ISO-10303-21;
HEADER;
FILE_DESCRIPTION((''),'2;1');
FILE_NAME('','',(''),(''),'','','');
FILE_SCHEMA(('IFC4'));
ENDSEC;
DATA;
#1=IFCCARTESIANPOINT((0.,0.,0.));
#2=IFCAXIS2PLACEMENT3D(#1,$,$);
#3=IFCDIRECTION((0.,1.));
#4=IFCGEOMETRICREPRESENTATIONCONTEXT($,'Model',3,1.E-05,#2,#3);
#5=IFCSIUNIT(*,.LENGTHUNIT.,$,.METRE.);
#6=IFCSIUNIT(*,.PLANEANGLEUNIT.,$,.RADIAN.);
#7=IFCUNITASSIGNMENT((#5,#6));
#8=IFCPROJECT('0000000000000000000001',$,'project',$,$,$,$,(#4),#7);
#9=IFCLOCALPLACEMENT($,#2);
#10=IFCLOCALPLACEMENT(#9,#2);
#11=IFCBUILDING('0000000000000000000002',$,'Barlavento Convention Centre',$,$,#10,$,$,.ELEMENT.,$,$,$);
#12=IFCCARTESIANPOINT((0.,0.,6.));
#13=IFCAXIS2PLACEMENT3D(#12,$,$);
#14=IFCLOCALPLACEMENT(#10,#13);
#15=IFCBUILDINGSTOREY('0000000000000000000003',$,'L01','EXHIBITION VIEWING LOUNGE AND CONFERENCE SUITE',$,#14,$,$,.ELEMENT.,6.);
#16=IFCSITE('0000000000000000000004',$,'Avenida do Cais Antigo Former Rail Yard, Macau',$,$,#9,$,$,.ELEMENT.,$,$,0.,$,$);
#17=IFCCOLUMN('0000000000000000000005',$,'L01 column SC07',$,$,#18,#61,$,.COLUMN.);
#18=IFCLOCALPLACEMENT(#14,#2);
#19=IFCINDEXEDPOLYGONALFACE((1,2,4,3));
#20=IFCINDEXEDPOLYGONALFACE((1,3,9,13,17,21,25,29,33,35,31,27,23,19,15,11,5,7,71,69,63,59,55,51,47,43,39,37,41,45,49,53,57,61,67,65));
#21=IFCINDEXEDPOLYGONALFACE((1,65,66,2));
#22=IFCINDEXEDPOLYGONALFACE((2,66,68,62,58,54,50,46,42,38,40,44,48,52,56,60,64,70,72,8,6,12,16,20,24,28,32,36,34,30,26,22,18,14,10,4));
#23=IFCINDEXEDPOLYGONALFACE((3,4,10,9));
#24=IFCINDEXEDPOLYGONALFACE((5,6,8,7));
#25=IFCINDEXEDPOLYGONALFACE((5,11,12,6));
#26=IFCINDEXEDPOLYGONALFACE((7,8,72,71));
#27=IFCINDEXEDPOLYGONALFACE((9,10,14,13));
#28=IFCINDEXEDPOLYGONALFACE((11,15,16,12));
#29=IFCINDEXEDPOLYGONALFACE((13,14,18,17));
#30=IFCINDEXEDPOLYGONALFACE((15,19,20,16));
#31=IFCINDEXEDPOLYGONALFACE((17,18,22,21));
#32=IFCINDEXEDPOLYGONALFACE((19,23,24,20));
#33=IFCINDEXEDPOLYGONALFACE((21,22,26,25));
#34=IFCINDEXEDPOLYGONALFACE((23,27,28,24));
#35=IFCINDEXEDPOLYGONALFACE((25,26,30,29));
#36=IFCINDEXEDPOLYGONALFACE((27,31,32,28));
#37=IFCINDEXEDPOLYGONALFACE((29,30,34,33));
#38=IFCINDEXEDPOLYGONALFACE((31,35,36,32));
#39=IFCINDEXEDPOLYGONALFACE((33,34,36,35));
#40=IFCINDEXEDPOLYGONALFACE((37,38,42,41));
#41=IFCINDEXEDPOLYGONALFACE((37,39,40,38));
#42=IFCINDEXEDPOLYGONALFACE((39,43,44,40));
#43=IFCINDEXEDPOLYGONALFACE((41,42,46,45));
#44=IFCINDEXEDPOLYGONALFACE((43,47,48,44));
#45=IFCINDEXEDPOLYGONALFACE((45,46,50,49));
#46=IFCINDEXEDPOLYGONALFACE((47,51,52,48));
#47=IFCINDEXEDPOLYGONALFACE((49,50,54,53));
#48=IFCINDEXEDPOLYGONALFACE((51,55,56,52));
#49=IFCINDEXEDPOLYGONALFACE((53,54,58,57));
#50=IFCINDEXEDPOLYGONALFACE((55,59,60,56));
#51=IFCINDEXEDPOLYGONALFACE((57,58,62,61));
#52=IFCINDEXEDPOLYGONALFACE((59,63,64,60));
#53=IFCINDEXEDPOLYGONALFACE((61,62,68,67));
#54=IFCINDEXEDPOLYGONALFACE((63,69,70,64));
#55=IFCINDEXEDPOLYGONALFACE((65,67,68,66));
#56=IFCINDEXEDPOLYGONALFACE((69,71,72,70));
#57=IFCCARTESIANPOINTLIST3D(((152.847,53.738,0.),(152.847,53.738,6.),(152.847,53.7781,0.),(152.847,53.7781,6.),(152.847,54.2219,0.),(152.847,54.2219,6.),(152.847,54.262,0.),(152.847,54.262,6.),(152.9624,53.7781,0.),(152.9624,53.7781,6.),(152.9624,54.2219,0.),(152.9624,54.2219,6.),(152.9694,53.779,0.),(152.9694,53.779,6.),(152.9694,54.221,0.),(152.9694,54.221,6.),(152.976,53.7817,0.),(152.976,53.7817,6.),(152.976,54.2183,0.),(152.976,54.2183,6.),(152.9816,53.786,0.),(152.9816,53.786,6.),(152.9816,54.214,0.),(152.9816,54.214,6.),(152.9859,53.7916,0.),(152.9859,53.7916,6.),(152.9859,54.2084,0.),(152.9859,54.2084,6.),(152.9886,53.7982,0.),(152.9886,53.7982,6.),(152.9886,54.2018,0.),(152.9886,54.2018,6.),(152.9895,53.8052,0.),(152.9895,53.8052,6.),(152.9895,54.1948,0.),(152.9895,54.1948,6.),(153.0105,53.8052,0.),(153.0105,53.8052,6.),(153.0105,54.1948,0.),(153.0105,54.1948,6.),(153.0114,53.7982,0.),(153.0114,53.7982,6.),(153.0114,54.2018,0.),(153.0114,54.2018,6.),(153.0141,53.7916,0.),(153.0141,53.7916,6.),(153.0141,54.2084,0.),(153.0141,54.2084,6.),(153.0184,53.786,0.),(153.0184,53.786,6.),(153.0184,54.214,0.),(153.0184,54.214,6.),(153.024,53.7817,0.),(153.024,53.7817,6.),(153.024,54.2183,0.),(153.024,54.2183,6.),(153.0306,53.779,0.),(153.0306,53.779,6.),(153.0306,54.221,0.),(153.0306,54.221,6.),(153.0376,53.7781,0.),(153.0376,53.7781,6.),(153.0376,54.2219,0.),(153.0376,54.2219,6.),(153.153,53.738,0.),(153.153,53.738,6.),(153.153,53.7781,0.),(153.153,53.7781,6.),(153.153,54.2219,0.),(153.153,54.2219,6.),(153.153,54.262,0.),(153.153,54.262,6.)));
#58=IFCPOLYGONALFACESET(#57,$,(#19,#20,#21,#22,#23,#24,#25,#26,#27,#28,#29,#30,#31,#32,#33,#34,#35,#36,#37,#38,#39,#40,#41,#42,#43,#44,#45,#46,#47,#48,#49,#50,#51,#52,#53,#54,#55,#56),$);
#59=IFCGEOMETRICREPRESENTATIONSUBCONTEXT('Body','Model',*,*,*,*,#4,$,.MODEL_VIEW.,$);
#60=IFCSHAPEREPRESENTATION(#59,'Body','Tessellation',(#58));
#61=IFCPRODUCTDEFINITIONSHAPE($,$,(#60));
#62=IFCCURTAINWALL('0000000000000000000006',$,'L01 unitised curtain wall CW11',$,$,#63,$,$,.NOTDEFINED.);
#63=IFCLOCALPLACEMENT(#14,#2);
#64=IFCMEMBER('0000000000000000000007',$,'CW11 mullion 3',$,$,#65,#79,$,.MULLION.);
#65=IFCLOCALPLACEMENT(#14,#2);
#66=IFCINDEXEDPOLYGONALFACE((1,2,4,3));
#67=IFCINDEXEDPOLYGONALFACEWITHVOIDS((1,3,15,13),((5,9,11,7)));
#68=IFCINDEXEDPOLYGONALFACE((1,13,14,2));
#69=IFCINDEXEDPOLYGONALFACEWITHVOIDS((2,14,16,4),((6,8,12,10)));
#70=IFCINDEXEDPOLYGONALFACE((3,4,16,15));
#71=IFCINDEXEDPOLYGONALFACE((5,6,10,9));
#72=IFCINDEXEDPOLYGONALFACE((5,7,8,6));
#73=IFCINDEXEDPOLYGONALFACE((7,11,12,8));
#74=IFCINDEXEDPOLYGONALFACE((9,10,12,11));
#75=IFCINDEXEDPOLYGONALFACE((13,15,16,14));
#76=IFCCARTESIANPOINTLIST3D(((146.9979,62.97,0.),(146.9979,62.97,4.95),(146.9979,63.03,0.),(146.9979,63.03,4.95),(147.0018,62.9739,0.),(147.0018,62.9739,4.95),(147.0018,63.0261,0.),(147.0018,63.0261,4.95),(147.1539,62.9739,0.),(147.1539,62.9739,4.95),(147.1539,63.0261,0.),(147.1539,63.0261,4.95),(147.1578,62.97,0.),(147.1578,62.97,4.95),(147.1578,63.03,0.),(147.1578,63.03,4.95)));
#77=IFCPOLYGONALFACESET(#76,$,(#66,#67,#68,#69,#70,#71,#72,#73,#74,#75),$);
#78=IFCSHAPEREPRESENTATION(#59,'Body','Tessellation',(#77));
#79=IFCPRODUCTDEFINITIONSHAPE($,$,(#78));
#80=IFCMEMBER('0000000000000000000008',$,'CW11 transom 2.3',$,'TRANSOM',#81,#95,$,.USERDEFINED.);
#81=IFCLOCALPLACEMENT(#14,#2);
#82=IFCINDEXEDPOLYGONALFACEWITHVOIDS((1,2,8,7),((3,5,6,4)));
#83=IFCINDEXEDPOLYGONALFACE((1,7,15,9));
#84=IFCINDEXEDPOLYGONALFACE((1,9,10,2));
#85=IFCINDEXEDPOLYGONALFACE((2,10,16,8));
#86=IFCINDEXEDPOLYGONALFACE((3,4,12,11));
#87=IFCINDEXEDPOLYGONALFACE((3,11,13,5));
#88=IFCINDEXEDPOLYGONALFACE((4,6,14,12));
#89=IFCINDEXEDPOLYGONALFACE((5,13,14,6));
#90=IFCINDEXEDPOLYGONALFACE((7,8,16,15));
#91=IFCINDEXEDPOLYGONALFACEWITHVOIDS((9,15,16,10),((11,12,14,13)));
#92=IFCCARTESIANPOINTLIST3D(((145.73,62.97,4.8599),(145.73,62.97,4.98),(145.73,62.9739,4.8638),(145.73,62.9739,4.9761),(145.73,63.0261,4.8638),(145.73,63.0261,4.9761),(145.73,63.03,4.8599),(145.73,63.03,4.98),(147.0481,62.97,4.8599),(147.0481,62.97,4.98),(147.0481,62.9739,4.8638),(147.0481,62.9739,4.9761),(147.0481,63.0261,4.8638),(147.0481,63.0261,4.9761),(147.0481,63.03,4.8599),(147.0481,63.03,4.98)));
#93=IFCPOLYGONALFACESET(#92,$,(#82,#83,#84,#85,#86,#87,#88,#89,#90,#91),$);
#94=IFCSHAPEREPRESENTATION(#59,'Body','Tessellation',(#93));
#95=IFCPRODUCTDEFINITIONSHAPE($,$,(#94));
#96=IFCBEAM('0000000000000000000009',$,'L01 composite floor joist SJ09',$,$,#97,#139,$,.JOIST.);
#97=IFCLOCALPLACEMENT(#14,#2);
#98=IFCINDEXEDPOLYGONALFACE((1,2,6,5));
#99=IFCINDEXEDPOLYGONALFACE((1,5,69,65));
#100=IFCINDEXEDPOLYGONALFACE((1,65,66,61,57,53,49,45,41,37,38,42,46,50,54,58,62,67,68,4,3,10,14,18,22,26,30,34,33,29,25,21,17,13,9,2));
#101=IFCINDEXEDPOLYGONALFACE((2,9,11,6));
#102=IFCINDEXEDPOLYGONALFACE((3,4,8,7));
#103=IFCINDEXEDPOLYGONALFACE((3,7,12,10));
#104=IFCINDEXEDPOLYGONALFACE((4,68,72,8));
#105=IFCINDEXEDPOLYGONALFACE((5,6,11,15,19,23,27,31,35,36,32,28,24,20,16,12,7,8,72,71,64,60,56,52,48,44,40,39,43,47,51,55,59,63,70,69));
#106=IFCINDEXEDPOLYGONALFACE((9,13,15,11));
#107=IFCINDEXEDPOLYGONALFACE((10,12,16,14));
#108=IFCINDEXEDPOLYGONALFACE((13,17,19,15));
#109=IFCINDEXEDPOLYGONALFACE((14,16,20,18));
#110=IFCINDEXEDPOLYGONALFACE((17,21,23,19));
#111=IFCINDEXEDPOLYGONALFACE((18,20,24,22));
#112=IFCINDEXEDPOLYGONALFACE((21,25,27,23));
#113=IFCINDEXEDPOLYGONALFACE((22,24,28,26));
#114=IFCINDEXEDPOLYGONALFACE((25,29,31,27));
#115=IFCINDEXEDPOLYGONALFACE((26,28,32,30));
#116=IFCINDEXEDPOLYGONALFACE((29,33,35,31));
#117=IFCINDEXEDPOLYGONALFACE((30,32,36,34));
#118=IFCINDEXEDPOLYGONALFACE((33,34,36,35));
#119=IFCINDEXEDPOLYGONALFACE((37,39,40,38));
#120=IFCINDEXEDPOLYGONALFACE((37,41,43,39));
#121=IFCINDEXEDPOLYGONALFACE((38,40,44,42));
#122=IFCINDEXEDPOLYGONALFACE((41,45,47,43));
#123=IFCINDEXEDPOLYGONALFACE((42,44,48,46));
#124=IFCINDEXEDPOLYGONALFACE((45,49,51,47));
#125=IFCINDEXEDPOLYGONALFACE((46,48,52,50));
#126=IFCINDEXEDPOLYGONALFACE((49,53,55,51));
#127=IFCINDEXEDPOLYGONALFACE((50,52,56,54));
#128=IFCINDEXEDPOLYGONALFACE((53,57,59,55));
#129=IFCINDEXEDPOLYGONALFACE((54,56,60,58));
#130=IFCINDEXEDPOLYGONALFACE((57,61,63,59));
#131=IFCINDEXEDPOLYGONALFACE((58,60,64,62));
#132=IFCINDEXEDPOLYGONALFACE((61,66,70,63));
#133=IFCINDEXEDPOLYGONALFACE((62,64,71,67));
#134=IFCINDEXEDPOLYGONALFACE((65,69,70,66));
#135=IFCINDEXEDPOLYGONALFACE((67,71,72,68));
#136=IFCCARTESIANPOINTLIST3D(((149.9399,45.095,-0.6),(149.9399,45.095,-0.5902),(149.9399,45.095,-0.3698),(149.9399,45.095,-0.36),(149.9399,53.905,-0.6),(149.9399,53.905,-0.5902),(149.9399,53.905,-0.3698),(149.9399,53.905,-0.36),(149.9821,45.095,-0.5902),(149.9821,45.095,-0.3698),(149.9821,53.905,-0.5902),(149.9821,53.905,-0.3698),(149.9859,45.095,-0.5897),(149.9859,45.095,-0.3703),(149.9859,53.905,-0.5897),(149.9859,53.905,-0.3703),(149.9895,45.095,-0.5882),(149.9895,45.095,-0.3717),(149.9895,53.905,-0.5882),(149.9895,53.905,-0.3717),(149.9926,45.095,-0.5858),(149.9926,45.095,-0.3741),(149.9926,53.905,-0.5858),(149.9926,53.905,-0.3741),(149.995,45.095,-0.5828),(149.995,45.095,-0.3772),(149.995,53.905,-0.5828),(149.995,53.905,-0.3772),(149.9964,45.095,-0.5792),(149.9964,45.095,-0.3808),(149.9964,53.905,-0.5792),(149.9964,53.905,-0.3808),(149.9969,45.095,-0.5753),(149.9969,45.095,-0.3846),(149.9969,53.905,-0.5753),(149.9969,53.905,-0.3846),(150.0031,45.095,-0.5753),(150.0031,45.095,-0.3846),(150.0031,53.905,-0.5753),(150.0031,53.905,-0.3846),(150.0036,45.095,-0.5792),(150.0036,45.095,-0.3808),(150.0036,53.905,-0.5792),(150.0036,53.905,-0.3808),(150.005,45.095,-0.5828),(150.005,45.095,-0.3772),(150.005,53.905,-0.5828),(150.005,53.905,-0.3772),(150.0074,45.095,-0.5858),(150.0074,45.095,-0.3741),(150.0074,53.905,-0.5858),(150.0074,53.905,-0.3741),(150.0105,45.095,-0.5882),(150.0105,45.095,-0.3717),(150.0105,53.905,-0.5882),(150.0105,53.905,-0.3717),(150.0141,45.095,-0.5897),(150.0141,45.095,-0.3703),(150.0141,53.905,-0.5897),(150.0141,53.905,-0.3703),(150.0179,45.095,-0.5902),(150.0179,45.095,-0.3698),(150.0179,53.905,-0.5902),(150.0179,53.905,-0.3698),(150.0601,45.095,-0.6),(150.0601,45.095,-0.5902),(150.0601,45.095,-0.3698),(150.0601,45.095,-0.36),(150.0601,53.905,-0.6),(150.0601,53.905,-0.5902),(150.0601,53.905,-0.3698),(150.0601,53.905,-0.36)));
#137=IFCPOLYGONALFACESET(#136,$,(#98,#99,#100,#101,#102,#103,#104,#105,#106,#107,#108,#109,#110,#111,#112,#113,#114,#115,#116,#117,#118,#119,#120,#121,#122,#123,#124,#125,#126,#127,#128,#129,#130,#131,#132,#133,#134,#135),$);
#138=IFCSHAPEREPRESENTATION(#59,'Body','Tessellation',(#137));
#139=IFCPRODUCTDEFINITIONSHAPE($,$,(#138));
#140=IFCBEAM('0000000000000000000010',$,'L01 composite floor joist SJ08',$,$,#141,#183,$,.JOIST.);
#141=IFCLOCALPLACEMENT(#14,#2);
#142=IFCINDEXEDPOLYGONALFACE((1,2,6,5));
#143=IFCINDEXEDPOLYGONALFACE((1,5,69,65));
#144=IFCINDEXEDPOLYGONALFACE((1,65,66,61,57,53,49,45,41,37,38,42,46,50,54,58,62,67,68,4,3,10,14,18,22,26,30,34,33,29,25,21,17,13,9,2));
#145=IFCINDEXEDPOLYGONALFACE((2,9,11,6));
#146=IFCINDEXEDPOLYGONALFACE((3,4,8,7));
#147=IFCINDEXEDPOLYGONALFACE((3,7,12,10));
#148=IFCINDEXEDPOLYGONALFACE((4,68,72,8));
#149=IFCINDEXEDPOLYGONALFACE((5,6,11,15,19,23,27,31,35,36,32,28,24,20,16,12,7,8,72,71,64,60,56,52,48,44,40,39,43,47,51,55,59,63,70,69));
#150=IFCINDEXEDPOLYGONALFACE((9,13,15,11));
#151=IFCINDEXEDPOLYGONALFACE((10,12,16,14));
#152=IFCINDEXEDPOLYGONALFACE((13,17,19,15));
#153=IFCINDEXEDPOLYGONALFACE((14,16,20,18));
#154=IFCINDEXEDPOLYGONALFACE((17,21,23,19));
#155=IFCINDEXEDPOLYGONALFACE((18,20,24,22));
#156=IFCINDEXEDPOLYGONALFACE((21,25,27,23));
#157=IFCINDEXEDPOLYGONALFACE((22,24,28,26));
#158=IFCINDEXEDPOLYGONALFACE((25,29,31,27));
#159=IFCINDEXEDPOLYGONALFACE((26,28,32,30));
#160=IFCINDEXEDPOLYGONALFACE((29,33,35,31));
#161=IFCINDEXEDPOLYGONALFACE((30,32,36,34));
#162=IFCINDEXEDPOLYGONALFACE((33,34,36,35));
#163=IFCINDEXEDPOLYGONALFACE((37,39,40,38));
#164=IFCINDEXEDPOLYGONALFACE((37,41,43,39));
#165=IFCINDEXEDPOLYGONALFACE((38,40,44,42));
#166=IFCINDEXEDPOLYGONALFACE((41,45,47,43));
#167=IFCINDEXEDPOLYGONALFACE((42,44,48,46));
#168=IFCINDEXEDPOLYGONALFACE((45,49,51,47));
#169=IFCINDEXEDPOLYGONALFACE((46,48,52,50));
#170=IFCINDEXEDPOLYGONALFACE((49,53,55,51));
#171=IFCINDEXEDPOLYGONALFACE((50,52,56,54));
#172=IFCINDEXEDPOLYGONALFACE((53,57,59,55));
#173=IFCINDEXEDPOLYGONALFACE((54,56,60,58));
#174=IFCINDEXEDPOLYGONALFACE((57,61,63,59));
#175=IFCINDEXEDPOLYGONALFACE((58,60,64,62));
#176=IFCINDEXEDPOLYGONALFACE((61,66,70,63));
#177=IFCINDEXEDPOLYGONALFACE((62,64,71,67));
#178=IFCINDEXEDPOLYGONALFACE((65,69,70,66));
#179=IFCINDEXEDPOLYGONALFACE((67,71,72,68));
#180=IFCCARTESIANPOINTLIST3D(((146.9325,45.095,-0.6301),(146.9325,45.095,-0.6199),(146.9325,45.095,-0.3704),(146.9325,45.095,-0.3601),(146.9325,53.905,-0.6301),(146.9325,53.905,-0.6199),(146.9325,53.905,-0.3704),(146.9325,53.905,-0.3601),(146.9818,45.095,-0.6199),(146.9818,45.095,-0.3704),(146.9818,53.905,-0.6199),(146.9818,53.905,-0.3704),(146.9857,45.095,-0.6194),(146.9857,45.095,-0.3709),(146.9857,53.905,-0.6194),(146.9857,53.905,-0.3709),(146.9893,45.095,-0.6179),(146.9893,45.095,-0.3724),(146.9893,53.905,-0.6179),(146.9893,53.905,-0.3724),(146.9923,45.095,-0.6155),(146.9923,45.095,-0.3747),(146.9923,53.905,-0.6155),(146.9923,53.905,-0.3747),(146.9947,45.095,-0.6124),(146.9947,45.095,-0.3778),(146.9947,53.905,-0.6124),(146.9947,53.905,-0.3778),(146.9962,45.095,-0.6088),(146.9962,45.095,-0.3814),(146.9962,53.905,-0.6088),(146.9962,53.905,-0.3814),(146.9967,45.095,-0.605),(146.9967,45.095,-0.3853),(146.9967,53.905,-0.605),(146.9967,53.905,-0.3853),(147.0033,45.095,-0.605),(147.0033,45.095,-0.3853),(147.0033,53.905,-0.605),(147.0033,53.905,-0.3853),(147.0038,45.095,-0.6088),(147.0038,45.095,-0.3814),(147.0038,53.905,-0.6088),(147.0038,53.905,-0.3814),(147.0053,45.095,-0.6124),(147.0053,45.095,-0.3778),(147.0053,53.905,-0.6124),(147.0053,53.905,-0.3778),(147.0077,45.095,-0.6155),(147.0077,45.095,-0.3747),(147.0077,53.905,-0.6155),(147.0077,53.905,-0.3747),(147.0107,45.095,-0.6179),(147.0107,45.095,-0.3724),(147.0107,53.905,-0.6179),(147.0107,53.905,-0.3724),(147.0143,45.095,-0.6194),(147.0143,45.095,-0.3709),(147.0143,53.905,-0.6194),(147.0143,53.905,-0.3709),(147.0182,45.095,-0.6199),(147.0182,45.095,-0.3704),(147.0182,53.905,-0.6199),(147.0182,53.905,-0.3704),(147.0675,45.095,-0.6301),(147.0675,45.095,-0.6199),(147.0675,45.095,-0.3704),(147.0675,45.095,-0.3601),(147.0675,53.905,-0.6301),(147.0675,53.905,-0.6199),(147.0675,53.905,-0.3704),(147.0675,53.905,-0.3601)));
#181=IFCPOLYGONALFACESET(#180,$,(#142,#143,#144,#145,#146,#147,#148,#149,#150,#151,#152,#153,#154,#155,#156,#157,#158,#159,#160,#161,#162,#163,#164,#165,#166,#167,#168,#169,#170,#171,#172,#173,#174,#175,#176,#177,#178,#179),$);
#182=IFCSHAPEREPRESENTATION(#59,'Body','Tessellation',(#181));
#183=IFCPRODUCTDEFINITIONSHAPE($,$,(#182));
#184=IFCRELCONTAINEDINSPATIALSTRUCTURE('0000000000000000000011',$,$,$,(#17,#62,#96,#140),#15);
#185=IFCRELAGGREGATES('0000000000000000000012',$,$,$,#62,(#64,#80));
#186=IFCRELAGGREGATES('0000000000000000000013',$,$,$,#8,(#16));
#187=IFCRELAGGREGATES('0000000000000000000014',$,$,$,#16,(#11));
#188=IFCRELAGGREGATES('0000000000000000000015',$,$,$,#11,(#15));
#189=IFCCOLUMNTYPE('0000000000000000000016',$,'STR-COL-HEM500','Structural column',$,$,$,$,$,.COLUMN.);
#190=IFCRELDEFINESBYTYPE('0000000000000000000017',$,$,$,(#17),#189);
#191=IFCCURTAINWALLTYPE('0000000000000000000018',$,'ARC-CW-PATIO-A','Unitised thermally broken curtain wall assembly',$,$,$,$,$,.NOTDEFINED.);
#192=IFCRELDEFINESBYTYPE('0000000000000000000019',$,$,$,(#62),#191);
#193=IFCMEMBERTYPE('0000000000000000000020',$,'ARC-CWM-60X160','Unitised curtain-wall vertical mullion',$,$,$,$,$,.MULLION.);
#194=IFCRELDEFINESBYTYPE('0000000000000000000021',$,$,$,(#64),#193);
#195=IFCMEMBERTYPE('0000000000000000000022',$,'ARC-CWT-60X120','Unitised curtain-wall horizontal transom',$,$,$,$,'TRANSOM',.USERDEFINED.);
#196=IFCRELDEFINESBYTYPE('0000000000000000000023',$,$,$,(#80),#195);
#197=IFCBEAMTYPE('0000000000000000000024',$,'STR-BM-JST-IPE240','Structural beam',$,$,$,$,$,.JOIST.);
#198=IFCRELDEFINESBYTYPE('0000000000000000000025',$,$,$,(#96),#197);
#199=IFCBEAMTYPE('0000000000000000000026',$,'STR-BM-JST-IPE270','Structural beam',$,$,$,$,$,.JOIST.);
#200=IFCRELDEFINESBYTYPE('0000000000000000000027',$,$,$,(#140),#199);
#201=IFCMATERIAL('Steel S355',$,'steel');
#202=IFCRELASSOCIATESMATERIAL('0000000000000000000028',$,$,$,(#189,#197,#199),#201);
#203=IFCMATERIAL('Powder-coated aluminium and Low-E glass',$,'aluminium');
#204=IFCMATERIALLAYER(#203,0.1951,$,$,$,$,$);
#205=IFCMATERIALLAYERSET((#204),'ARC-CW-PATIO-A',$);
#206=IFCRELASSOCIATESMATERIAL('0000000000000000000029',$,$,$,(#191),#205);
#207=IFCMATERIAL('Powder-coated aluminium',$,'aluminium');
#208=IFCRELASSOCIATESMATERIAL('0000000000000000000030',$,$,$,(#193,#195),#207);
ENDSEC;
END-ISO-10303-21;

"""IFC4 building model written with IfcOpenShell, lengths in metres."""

from ifc_helpers import new_model, si_unit, direction, frame, origin, origin_2d, place, context, subcontext, project, spatial, hollow_rectangle, i_section, extrude, material, layer, layer_set, material_profile, profile_set, type_object, element, aggregate, save


model = new_model("IFC4")

# Units and contexts
model_context = context("Model", 3, precision=1e-05, world=origin(), true_north=direction((0.0, 1.0)))
body_context = subcontext(model_context, "Body", "Model", "MODEL_VIEW")
ifc_project = project(units=[si_unit("LENGTHUNIT", "METRE"), si_unit("PLANEANGLEUNIT", "RADIAN")], contexts=[model_context])

# Site, building, storey
site_placement = place(None, origin())
site = spatial("IfcSite", under=ifc_project, at=site_placement, Name="Avenida do Cais Antigo Former Rail Yard, Macau", CompositionType="ELEMENT", RefElevation=0.0)
building_placement = place(site_placement, origin())
building = spatial("IfcBuilding", under=site, at=building_placement, Name="Barlavento Convention Centre", CompositionType="ELEMENT")
storey_placement = place(building_placement, frame((0.0, 0.0, 6.0)))
storey = spatial("IfcBuildingStorey", under=building, at=storey_placement, Name="L01", Description="EXHIBITION VIEWING LOUNGE AND CONFERENCE SUITE", CompositionType="ELEMENT", Elevation=6.0)

# Column
ifc_material_1 = material(Name="Steel S355", Category="steel")
ifc_material_profile_1 = material_profile(ifc_material_1, i_section(OverallWidth=0.3059, OverallDepth=0.5239, WebThickness=0.021, FlangeThickness=0.04, FilletRadius=0.0271, at=origin_2d()), Name="HEM 500")
ifc_profile_set_1 = profile_set([ifc_material_profile_1], Name="Steel S355")
column_type = type_object("IfcColumnType", Name="STR-COL-HEM500", Description="Structural column", PredefinedType="COLUMN", material=ifc_profile_set_1)
column_placement = place(storey_placement, frame((153.0, 54.0, 0.0), z_axis=(0.0, 0.0, 1.0), x_axis=(1.0, 0.0, 0.0)))
element("IfcColumn", 1, at=column_placement, inside=storey, type_object=column_type, Name="L01 column SC07", PredefinedType="COLUMN", context=body_context, shape_type="SweptSolid", body=[
    extrude(i_section(OverallWidth=0.3059, OverallDepth=0.5239, WebThickness=0.021, FlangeThickness=0.04, FilletRadius=0.0271, at=origin_2d()), origin(), (0.0, 0.0, 1.0), 6.0),
])

# Curtain wall, members
ifc_material_2 = material(Name="Powder-coated aluminium and Low-E glass", Category="aluminium")
ifc_layer_1 = layer(ifc_material_2, 0.1951)
ifc_layer_set_1 = layer_set([ifc_layer_1], Name="ARC-CW-PATIO-A")
curtain_wall_type = type_object("IfcCurtainWallType", Name="ARC-CW-PATIO-A", Description="Unitised thermally broken curtain wall assembly", PredefinedType="NOTDEFINED", material=ifc_layer_set_1)
curtain_wall_placement = place(storey_placement, origin())
curtain_wall = element("IfcCurtainWall", 2, at=curtain_wall_placement, inside=storey, type_object=curtain_wall_type, Name="L01 unitised curtain wall CW11", PredefinedType="NOTDEFINED")
ifc_material_3 = material(Name="Powder-coated aluminium", Category="aluminium")
ifc_material_profile_2 = material_profile(ifc_material_3, hollow_rectangle(XDim=0.0601, YDim=0.1599, WallThickness=0.0039, at=origin_2d()), Name="AL-MULL 60x160x4")
ifc_profile_set_2 = profile_set([ifc_material_profile_2], Name="Powder-coated aluminium")
member_type_1 = type_object("IfcMemberType", Name="ARC-CWM-60X160", Description="Unitised curtain-wall vertical mullion", PredefinedType="MULLION", material=ifc_profile_set_2)
member_1_placement = place(storey_placement, frame((147.0779, 63.0, 0.0), z_axis=(0.0, 0.0, 1.0), x_axis=(0.0, 1.0, 0.0)))
member_1 = element("IfcMember", 3, at=member_1_placement, type_object=member_type_1, Name="CW11 mullion 3", PredefinedType="MULLION", context=body_context, shape_type="SweptSolid", body=[
    extrude(hollow_rectangle(XDim=0.0601, YDim=0.1599, WallThickness=0.0039, at=origin_2d()), origin(), (0.0, 0.0, 1.0), 4.95),
])
ifc_material_profile_3 = material_profile(ifc_material_3, hollow_rectangle(XDim=0.0601, YDim=0.1201, WallThickness=0.0039, at=origin_2d()), Name="AL-TRAN 60x120x4")
ifc_profile_set_3 = profile_set([ifc_material_profile_3], Name="Powder-coated aluminium")
member_type_2 = type_object("IfcMemberType", Name="ARC-CWT-60X120", Description="Unitised curtain-wall horizontal transom", ElementType="TRANSOM", PredefinedType="USERDEFINED", material=ifc_profile_set_3)
member_2_placement = place(storey_placement, frame((145.73, 63.0, 4.9199), z_axis=(1.0, 0.0, 0.0), x_axis=(0.0, 1.0, 0.0)))
member_2 = element("IfcMember", 4, at=member_2_placement, type_object=member_type_2, Name="CW11 transom 2.3", ObjectType="TRANSOM", PredefinedType="USERDEFINED", context=body_context, shape_type="SweptSolid", body=[
    extrude(hollow_rectangle(XDim=0.0601, YDim=0.1201, WallThickness=0.0039, at=origin_2d()), origin(), (0.0, 0.0, 1.0), 1.3181),
])

# Beams
ifc_material_profile_4 = material_profile(ifc_material_1, i_section(OverallWidth=0.1201, OverallDepth=0.24, WebThickness=0.0061, FlangeThickness=0.0098, FilletRadius=0.0149, at=origin_2d()), Name="IPE 240")
ifc_profile_set_4 = profile_set([ifc_material_profile_4], Name="Steel S355")
beam_type_1 = type_object("IfcBeamType", Name="STR-BM-JST-IPE240", Description="Structural beam", PredefinedType="JOIST", material=ifc_profile_set_4)
beam_1_placement = place(storey_placement, frame((150.0, 45.095, -0.48), z_axis=(0.0, 1.0, 0.0), x_axis=(-1.0, 0.0, 0.0)))
element("IfcBeam", 5, at=beam_1_placement, inside=storey, type_object=beam_type_1, Name="L01 composite floor joist SJ09", PredefinedType="JOIST", context=body_context, shape_type="SweptSolid", body=[
    extrude(i_section(OverallWidth=0.1201, OverallDepth=0.24, WebThickness=0.0061, FlangeThickness=0.0098, FilletRadius=0.0149, at=origin_2d()), origin(), (0.0, 0.0, 1.0), 8.8101),
])
ifc_material_profile_5 = material_profile(ifc_material_1, i_section(OverallWidth=0.135, OverallDepth=0.27, WebThickness=0.0066, FlangeThickness=0.0103, FilletRadius=0.0149, at=origin_2d()), Name="IPE 270")
ifc_profile_set_5 = profile_set([ifc_material_profile_5], Name="Steel S355")
beam_type_2 = type_object("IfcBeamType", Name="STR-BM-JST-IPE270", Description="Structural beam", PredefinedType="JOIST", material=ifc_profile_set_5)
beam_2_placement = place(storey_placement, frame((147.0, 45.095, -0.4951), z_axis=(0.0, 1.0, 0.0), x_axis=(-1.0, 0.0, 0.0)))
element("IfcBeam", 6, at=beam_2_placement, inside=storey, type_object=beam_type_2, Name="L01 composite floor joist SJ08", PredefinedType="JOIST", context=body_context, shape_type="SweptSolid", body=[
    extrude(i_section(OverallWidth=0.135, OverallDepth=0.27, WebThickness=0.0066, FlangeThickness=0.0103, FilletRadius=0.0149, at=origin_2d()), origin(), (0.0, 0.0, 1.0), 8.8101),
])

aggregate(curtain_wall, [member_1, member_2])

save(model, "model.ifc")
